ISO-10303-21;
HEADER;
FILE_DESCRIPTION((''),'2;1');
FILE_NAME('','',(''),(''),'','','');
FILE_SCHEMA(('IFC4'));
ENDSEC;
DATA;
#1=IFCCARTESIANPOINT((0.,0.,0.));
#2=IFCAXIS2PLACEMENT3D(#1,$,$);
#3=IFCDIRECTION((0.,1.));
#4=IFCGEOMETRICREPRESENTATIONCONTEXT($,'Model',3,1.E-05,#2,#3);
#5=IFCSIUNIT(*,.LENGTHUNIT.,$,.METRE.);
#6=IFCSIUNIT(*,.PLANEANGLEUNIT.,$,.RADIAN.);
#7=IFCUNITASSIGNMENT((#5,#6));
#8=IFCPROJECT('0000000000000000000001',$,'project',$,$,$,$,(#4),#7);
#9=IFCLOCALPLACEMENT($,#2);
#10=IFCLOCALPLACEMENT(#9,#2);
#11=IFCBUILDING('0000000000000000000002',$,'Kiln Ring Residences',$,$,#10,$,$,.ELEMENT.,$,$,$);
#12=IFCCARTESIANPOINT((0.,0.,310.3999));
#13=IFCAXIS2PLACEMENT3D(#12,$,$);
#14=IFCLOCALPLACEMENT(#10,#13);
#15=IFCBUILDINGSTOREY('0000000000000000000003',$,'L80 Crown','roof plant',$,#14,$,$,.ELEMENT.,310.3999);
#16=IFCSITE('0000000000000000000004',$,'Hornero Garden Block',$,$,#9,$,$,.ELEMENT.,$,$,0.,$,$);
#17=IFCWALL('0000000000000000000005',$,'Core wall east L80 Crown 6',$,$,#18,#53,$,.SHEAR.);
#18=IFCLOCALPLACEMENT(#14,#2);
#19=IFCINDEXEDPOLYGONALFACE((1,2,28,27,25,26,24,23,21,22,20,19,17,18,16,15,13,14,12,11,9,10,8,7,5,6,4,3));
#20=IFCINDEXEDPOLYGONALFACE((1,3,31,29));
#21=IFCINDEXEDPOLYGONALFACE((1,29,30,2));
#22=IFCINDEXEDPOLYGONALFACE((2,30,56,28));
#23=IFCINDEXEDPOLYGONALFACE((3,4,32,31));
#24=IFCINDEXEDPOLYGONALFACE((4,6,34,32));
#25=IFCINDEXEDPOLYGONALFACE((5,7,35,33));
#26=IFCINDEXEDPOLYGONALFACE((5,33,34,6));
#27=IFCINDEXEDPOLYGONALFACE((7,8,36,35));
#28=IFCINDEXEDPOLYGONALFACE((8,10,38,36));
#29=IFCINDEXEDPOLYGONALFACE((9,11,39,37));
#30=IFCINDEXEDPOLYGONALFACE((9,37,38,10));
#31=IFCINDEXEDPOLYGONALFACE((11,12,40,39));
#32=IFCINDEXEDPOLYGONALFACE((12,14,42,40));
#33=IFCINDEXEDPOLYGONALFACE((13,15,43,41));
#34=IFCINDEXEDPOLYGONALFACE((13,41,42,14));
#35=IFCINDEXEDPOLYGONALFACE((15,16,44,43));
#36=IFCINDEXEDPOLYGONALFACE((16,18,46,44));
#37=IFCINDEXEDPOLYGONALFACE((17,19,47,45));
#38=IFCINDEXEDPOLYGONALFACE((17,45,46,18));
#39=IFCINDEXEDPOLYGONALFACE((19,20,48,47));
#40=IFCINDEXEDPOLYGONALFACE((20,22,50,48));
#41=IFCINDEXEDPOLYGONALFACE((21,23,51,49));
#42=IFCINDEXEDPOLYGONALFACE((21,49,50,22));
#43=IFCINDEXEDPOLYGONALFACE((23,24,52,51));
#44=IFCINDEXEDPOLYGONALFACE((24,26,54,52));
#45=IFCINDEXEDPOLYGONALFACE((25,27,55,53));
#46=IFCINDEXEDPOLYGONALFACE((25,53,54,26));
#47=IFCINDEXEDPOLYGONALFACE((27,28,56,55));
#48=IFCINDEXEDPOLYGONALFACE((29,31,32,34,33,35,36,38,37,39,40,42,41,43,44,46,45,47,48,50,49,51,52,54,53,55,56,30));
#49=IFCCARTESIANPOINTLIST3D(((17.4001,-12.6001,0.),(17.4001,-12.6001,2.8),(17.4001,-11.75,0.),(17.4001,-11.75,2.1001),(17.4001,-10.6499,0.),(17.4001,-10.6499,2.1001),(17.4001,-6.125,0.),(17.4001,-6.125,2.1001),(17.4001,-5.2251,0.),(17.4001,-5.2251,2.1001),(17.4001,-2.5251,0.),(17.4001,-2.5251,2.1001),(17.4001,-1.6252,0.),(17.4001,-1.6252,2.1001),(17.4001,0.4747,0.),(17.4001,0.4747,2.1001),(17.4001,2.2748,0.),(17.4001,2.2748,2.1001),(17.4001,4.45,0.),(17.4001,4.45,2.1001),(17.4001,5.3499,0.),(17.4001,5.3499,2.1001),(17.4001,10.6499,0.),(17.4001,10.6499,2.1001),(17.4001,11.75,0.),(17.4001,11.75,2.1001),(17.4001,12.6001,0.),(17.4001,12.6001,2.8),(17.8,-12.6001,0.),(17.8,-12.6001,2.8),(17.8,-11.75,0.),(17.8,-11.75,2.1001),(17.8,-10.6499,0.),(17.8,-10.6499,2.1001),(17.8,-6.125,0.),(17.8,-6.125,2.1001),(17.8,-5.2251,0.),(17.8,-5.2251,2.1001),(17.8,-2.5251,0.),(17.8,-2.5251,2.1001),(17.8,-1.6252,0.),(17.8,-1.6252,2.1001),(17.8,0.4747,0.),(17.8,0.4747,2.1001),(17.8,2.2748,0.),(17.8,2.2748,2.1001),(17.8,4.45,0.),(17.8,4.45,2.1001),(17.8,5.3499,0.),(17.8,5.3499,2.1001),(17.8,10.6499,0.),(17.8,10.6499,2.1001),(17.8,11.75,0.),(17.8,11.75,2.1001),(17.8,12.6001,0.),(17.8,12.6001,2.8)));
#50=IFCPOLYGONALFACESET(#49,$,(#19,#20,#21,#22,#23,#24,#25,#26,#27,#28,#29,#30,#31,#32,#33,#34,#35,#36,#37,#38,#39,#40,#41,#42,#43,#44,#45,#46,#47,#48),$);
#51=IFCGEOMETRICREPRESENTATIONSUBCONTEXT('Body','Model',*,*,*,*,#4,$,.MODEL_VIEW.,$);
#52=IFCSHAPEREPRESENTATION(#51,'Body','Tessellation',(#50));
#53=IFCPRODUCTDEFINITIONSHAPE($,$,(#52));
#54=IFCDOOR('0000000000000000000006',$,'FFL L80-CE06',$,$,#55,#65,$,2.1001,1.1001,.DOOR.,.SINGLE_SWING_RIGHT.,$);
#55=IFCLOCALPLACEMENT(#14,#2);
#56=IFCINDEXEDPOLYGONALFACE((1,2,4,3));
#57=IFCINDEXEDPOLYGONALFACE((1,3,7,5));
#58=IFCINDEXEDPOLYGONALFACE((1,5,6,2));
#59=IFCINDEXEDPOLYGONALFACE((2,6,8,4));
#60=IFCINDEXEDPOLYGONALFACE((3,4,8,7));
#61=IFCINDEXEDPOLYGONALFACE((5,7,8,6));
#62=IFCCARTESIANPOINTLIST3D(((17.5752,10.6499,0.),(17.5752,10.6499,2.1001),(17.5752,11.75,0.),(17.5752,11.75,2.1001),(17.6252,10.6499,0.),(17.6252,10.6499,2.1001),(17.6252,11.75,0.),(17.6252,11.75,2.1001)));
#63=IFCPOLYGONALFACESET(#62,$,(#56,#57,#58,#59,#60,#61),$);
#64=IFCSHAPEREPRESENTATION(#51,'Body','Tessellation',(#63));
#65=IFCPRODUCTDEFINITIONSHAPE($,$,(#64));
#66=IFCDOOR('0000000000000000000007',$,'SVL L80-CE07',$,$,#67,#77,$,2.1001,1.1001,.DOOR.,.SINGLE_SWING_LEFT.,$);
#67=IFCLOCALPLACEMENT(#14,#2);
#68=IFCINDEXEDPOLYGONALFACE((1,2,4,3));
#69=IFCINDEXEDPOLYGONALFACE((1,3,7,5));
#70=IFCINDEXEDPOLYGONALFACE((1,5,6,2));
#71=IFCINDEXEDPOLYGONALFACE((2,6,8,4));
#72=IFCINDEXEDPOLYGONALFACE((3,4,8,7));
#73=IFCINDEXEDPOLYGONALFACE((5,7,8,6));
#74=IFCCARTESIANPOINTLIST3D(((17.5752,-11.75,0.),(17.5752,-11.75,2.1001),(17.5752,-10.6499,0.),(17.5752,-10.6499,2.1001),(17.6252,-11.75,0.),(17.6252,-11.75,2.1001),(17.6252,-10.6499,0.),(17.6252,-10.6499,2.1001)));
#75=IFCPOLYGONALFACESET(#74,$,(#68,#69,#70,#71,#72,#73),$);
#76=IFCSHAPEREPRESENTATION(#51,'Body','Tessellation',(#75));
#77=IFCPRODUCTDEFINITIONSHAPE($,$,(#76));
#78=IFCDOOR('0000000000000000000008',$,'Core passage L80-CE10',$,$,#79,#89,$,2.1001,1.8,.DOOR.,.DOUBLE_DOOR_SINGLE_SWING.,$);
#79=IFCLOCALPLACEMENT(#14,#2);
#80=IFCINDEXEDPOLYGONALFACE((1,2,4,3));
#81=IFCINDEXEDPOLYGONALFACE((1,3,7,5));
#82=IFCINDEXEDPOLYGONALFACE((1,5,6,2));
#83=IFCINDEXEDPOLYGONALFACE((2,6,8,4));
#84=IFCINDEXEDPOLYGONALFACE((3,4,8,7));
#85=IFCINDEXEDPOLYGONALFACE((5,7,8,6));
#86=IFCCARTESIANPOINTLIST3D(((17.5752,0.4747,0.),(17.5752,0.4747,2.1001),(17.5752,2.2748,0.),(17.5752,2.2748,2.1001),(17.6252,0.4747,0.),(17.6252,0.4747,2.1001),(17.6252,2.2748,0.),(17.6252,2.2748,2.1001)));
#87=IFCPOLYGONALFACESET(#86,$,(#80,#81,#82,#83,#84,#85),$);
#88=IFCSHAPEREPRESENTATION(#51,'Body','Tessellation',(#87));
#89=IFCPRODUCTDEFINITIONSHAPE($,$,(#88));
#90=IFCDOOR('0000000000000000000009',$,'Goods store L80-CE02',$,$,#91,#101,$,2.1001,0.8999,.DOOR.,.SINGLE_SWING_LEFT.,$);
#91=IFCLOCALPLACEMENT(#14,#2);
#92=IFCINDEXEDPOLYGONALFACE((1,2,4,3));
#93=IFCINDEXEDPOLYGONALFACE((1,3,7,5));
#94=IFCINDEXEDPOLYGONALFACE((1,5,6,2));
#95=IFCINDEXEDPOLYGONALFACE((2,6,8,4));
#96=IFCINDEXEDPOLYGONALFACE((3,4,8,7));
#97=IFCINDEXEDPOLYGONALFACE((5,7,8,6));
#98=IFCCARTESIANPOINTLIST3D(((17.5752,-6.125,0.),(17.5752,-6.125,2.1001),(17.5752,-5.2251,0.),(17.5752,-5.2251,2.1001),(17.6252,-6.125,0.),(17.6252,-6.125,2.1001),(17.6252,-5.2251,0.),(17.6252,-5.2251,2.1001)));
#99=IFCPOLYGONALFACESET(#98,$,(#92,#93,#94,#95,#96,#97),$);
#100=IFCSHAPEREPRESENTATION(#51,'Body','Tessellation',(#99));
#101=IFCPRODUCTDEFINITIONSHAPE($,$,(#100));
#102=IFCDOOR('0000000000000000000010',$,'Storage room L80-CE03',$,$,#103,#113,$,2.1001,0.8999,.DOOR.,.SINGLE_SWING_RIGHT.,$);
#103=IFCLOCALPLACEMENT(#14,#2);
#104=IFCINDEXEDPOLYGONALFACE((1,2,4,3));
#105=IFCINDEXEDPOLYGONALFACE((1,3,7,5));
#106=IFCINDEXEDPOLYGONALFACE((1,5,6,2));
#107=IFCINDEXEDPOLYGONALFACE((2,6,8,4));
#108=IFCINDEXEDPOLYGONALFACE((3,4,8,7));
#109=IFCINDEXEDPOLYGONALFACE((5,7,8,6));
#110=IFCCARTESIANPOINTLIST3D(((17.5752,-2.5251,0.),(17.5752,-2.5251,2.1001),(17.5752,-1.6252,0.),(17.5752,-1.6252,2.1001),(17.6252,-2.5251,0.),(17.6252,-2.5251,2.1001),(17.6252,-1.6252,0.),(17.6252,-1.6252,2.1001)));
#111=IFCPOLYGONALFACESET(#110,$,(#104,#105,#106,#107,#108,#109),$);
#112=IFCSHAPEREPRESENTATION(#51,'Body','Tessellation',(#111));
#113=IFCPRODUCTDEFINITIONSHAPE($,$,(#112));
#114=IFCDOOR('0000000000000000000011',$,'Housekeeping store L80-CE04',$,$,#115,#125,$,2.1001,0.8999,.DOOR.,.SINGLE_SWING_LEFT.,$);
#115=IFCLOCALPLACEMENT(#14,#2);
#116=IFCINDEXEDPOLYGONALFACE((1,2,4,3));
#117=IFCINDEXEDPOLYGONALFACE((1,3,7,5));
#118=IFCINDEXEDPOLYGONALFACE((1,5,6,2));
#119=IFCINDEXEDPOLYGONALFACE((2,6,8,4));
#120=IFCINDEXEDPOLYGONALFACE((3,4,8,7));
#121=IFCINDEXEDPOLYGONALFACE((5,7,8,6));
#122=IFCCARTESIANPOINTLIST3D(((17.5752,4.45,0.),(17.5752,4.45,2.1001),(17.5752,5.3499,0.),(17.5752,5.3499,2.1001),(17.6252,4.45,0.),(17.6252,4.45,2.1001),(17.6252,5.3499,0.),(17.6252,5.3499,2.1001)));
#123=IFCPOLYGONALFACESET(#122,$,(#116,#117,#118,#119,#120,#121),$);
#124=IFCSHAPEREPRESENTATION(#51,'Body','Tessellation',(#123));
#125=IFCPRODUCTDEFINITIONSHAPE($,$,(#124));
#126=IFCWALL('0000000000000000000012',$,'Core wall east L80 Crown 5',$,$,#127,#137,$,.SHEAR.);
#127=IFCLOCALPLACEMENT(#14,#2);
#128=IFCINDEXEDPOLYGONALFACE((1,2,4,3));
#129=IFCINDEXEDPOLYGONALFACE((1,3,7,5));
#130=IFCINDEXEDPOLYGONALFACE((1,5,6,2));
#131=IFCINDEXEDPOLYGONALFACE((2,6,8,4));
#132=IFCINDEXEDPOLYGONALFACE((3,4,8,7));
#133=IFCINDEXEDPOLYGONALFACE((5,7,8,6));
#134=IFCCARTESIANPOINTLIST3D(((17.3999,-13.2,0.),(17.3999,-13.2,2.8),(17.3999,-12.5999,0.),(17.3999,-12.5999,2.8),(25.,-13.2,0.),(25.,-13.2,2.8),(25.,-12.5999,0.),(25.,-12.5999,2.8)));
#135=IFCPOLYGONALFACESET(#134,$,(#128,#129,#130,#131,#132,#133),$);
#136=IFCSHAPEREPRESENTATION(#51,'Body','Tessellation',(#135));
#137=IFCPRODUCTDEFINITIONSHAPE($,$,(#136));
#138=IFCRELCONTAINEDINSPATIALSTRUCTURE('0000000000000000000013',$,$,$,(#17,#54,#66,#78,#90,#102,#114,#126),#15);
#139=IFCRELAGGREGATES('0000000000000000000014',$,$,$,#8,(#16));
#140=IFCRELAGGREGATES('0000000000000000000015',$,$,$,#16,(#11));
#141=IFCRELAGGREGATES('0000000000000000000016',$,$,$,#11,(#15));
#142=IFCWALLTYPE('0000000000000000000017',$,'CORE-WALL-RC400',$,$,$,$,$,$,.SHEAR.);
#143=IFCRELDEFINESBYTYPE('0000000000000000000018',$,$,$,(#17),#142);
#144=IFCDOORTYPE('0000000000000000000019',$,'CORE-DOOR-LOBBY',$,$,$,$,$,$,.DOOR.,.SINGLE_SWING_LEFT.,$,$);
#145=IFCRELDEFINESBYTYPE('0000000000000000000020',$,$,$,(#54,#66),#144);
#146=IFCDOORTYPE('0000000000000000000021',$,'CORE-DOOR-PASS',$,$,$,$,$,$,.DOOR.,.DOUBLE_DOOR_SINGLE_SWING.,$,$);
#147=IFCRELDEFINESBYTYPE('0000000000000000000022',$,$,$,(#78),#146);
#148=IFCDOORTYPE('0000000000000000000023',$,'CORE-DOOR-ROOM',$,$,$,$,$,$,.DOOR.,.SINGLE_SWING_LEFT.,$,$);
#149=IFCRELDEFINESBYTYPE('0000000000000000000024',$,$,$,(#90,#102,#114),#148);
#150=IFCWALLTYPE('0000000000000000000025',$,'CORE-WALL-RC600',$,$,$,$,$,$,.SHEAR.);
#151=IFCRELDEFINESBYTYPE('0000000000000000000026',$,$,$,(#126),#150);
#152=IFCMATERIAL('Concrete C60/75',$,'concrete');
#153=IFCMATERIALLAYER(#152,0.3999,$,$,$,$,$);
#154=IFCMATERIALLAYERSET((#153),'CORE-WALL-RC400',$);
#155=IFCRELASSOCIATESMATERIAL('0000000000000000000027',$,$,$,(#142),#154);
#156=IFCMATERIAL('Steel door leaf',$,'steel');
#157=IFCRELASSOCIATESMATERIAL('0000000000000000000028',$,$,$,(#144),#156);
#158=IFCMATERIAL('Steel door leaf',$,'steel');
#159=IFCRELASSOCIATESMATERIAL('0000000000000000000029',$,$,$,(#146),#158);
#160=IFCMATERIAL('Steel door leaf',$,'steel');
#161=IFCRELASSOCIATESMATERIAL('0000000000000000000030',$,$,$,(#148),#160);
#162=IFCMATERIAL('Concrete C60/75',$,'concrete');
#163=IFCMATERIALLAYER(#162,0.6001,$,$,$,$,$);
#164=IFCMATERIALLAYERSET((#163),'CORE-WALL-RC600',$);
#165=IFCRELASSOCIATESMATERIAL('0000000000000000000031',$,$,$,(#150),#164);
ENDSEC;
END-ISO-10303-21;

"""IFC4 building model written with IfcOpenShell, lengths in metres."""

from ifc_helpers import new_model, si_unit, direction, frame, frame_2d, origin, place, context, subcontext, project, spatial, rectangle, extrude, material, layer, layer_set, type_object, element, fill, save


model = new_model("IFC4")

# Units and contexts
model_context = context("Model", 3, precision=1e-05, world=origin(), true_north=direction((0.0, 1.0)))
body_context = subcontext(model_context, "Body", "Model", "MODEL_VIEW")
ifc_project = project(units=[si_unit("LENGTHUNIT", "METRE"), si_unit("PLANEANGLEUNIT", "RADIAN")], contexts=[model_context])

# Site, building, storey
site_placement = place(None, origin())
site = spatial("IfcSite", under=ifc_project, at=site_placement, Name="Hornero Garden Block", CompositionType="ELEMENT", RefElevation=0.0)
building_placement = place(site_placement, origin())
building = spatial("IfcBuilding", under=site, at=building_placement, Name="Kiln Ring Residences", CompositionType="ELEMENT")
storey_placement = place(building_placement, frame((0.0, 0.0, 310.3999)))
storey = spatial("IfcBuildingStorey", under=building, at=storey_placement, Name="L80 Crown", Description="roof plant", CompositionType="ELEMENT", Elevation=310.3999)

# Wall, openings, doors
ifc_material_1 = material(Name="Concrete C60/75", Category="concrete")
ifc_layer_1 = layer(ifc_material_1, 0.3999)
ifc_layer_set_1 = layer_set([ifc_layer_1], Name="CORE-WALL-RC400")
wall_type_1 = type_object("IfcWallType", Name="CORE-WALL-RC400", PredefinedType="SHEAR", material=ifc_layer_set_1)
wall_1_placement = place(storey_placement, frame((17.6001, -12.6001, 0.0), z_axis=(0.0, 0.0, 1.0), x_axis=(0.0, 1.0, 0.0)))
wall_1 = element("IfcWall", 1, at=wall_1_placement, inside=storey, type_object=wall_type_1, Name="Core wall east L80 Crown 6", PredefinedType="SHEAR", context=body_context, shape_type="SweptSolid", body=[
    extrude(rectangle(XDim=25.2002, YDim=0.3999, at=frame_2d((12.6001, 0.0))), origin(), (0.0, 0.0, 1.0), 2.8),
])
opening_1_placement = place(wall_1_placement, frame((6.4751, 0.0, 0.0)))
opening_1 = element("IfcOpeningElement", 2, at=opening_1_placement, cuts=wall_1, PredefinedType="OPENING", context=body_context, shape_type="SweptSolid", body=[
    extrude(rectangle(XDim=0.8999, YDim=2.1001, at=frame_2d((0.45, 1.05))), frame((0.0, 0.21, 0.0), z_axis=(0.0, -1.0, 0.0), x_axis=(1.0, 0.0, 0.0)), (0.0, 0.0, 1.0), 0.4199),
])
opening_2_placement = place(wall_1_placement, frame((10.075, 0.0, 0.0)))
opening_2 = element("IfcOpeningElement", 3, at=opening_2_placement, cuts=wall_1, PredefinedType="OPENING", context=body_context, shape_type="SweptSolid", body=[
    extrude(rectangle(XDim=0.8999, YDim=2.1001, at=frame_2d((0.45, 1.05))), frame((0.0, 0.21, 0.0), z_axis=(0.0, -1.0, 0.0), x_axis=(1.0, 0.0, 0.0)), (0.0, 0.0, 1.0), 0.4199),
])
opening_3_placement = place(wall_1_placement, frame((17.05, 0.0, 0.0)))
opening_3 = element("IfcOpeningElement", 4, at=opening_3_placement, cuts=wall_1, PredefinedType="OPENING", context=body_context, shape_type="SweptSolid", body=[
    extrude(rectangle(XDim=0.8999, YDim=2.1001, at=frame_2d((0.45, 1.05))), frame((0.0, 0.21, 0.0), z_axis=(0.0, -1.0, 0.0), x_axis=(1.0, 0.0, 0.0)), (0.0, 0.0, 1.0), 0.4199),
])
opening_4_placement = place(wall_1_placement, frame((23.25, 0.0, 0.0)))
opening_4 = element("IfcOpeningElement", 5, at=opening_4_placement, cuts=wall_1, PredefinedType="OPENING", context=body_context, shape_type="SweptSolid", body=[
    extrude(rectangle(XDim=1.1001, YDim=2.1001, at=frame_2d((0.55, 1.05))), frame((0.0, 0.21, 0.0), z_axis=(0.0, -1.0, 0.0), x_axis=(1.0, 0.0, 0.0)), (0.0, 0.0, 1.0), 0.4199),
])
opening_5_placement = place(wall_1_placement, frame((0.8501, 0.0, 0.0)))
opening_5 = element("IfcOpeningElement", 6, at=opening_5_placement, cuts=wall_1, PredefinedType="OPENING", context=body_context, shape_type="SweptSolid", body=[
    extrude(rectangle(XDim=1.1001, YDim=2.1001, at=frame_2d((0.55, 1.05))), frame((0.0, 0.21, 0.0), z_axis=(0.0, -1.0, 0.0), x_axis=(1.0, 0.0, 0.0)), (0.0, 0.0, 1.0), 0.4199),
])
opening_6_placement = place(wall_1_placement, frame((13.075, 0.0, 0.0)))
opening_6 = element("IfcOpeningElement", 7, at=opening_6_placement, cuts=wall_1, PredefinedType="OPENING", context=body_context, shape_type="SweptSolid", body=[
    extrude(rectangle(XDim=1.8, YDim=2.1001, at=frame_2d((0.8999, 1.05))), frame((0.0, 0.21, 0.0), z_axis=(0.0, -1.0, 0.0), x_axis=(1.0, 0.0, 0.0)), (0.0, 0.0, 1.0), 0.4199),
])
ifc_material_2 = material(Name="Steel door leaf", Category="steel")
door_type_1 = type_object("IfcDoorType", Name="CORE-DOOR-LOBBY", OperationType="SINGLE_SWING_LEFT", PredefinedType="DOOR", material=ifc_material_2)
door_1_placement = place(opening_4_placement, origin())
door_1 = element("IfcDoor", 8, at=door_1_placement, inside=storey, type_object=door_type_1, Name="FFL L80-CE06", OperationType="SINGLE_SWING_RIGHT", OverallHeight=2.1001, OverallWidth=1.1001, PredefinedType="DOOR", context=body_context, shape_type="SweptSolid", body=[
    extrude(rectangle(XDim=1.1001, YDim=2.1001, at=frame_2d((0.55, 1.05))), frame((0.0, 0.0249, 0.0), z_axis=(0.0, -1.0, 0.0), x_axis=(1.0, 0.0, 0.0)), (0.0, 0.0, 1.0), 0.05),
])
fill(opening_4, door_1)
door_2_placement = place(opening_5_placement, origin())
door_2 = element("IfcDoor", 9, at=door_2_placement, inside=storey, type_object=door_type_1, Name="SVL L80-CE07", OperationType="SINGLE_SWING_LEFT", OverallHeight=2.1001, OverallWidth=1.1001, PredefinedType="DOOR", context=body_context, shape_type="SweptSolid", body=[
    extrude(rectangle(XDim=1.1001, YDim=2.1001, at=frame_2d((0.55, 1.05))), frame((0.0, 0.0249, 0.0), z_axis=(0.0, -1.0, 0.0), x_axis=(1.0, 0.0, 0.0)), (0.0, 0.0, 1.0), 0.05),
])
fill(opening_5, door_2)
ifc_material_3 = material(Name="Steel door leaf", Category="steel")
door_type_2 = type_object("IfcDoorType", Name="CORE-DOOR-PASS", OperationType="DOUBLE_DOOR_SINGLE_SWING", PredefinedType="DOOR", material=ifc_material_3)
door_3_placement = place(opening_6_placement, origin())
door_3 = element("IfcDoor", 10, at=door_3_placement, inside=storey, type_object=door_type_2, Name="Core passage L80-CE10", OperationType="DOUBLE_DOOR_SINGLE_SWING", OverallHeight=2.1001, OverallWidth=1.8, PredefinedType="DOOR", context=body_context, shape_type="SweptSolid", body=[
    extrude(rectangle(XDim=1.8, YDim=2.1001, at=frame_2d((0.8999, 1.05))), frame((0.0, 0.0249, 0.0), z_axis=(0.0, -1.0, 0.0), x_axis=(1.0, 0.0, 0.0)), (0.0, 0.0, 1.0), 0.05),
])
fill(opening_6, door_3)
ifc_material_4 = material(Name="Steel door leaf", Category="steel")
door_type_3 = type_object("IfcDoorType", Name="CORE-DOOR-ROOM", OperationType="SINGLE_SWING_LEFT", PredefinedType="DOOR", material=ifc_material_4)
door_4_placement = place(opening_1_placement, origin())
door_4 = element("IfcDoor", 11, at=door_4_placement, inside=storey, type_object=door_type_3, Name="Goods store L80-CE02", OperationType="SINGLE_SWING_LEFT", OverallHeight=2.1001, OverallWidth=0.8999, PredefinedType="DOOR", context=body_context, shape_type="SweptSolid", body=[
    extrude(rectangle(XDim=0.8999, YDim=2.1001, at=frame_2d((0.45, 1.05))), frame((0.0, 0.0249, 0.0), z_axis=(0.0, -1.0, 0.0), x_axis=(1.0, 0.0, 0.0)), (0.0, 0.0, 1.0), 0.05),
])
fill(opening_1, door_4)
door_5_placement = place(opening_2_placement, origin())
door_5 = element("IfcDoor", 12, at=door_5_placement, inside=storey, type_object=door_type_3, Name="Storage room L80-CE03", OperationType="SINGLE_SWING_RIGHT", OverallHeight=2.1001, OverallWidth=0.8999, PredefinedType="DOOR", context=body_context, shape_type="SweptSolid", body=[
    extrude(rectangle(XDim=0.8999, YDim=2.1001, at=frame_2d((0.45, 1.05))), frame((0.0, 0.0249, 0.0), z_axis=(0.0, -1.0, 0.0), x_axis=(1.0, 0.0, 0.0)), (0.0, 0.0, 1.0), 0.05),
])
fill(opening_2, door_5)
door_6_placement = place(opening_3_placement, origin())
door_6 = element("IfcDoor", 13, at=door_6_placement, inside=storey, type_object=door_type_3, Name="Housekeeping store L80-CE04", OperationType="SINGLE_SWING_LEFT", OverallHeight=2.1001, OverallWidth=0.8999, PredefinedType="DOOR", context=body_context, shape_type="SweptSolid", body=[
    extrude(rectangle(XDim=0.8999, YDim=2.1001, at=frame_2d((0.45, 1.05))), frame((0.0, 0.0249, 0.0), z_axis=(0.0, -1.0, 0.0), x_axis=(1.0, 0.0, 0.0)), (0.0, 0.0, 1.0), 0.05),
])
fill(opening_3, door_6)

# Wall
ifc_material_5 = material(Name="Concrete C60/75", Category="concrete")
ifc_layer_2 = layer(ifc_material_5, 0.6001)
ifc_layer_set_2 = layer_set([ifc_layer_2], Name="CORE-WALL-RC600")
wall_type_2 = type_object("IfcWallType", Name="CORE-WALL-RC600", PredefinedType="SHEAR", material=ifc_layer_set_2)
wall_2_placement = place(storey_placement, frame((17.3999, -12.8999, 0.0), z_axis=(0.0, 0.0, 1.0), x_axis=(1.0, 0.0, 0.0)))
element("IfcWall", 14, at=wall_2_placement, inside=storey, type_object=wall_type_2, Name="Core wall east L80 Crown 5", PredefinedType="SHEAR", context=body_context, shape_type="SweptSolid", body=[
    extrude(rectangle(XDim=7.6001, YDim=0.6001, at=frame_2d((3.8, 0.0))), origin(), (0.0, 0.0, 1.0), 2.8),
])

save(model, "model.ifc")
